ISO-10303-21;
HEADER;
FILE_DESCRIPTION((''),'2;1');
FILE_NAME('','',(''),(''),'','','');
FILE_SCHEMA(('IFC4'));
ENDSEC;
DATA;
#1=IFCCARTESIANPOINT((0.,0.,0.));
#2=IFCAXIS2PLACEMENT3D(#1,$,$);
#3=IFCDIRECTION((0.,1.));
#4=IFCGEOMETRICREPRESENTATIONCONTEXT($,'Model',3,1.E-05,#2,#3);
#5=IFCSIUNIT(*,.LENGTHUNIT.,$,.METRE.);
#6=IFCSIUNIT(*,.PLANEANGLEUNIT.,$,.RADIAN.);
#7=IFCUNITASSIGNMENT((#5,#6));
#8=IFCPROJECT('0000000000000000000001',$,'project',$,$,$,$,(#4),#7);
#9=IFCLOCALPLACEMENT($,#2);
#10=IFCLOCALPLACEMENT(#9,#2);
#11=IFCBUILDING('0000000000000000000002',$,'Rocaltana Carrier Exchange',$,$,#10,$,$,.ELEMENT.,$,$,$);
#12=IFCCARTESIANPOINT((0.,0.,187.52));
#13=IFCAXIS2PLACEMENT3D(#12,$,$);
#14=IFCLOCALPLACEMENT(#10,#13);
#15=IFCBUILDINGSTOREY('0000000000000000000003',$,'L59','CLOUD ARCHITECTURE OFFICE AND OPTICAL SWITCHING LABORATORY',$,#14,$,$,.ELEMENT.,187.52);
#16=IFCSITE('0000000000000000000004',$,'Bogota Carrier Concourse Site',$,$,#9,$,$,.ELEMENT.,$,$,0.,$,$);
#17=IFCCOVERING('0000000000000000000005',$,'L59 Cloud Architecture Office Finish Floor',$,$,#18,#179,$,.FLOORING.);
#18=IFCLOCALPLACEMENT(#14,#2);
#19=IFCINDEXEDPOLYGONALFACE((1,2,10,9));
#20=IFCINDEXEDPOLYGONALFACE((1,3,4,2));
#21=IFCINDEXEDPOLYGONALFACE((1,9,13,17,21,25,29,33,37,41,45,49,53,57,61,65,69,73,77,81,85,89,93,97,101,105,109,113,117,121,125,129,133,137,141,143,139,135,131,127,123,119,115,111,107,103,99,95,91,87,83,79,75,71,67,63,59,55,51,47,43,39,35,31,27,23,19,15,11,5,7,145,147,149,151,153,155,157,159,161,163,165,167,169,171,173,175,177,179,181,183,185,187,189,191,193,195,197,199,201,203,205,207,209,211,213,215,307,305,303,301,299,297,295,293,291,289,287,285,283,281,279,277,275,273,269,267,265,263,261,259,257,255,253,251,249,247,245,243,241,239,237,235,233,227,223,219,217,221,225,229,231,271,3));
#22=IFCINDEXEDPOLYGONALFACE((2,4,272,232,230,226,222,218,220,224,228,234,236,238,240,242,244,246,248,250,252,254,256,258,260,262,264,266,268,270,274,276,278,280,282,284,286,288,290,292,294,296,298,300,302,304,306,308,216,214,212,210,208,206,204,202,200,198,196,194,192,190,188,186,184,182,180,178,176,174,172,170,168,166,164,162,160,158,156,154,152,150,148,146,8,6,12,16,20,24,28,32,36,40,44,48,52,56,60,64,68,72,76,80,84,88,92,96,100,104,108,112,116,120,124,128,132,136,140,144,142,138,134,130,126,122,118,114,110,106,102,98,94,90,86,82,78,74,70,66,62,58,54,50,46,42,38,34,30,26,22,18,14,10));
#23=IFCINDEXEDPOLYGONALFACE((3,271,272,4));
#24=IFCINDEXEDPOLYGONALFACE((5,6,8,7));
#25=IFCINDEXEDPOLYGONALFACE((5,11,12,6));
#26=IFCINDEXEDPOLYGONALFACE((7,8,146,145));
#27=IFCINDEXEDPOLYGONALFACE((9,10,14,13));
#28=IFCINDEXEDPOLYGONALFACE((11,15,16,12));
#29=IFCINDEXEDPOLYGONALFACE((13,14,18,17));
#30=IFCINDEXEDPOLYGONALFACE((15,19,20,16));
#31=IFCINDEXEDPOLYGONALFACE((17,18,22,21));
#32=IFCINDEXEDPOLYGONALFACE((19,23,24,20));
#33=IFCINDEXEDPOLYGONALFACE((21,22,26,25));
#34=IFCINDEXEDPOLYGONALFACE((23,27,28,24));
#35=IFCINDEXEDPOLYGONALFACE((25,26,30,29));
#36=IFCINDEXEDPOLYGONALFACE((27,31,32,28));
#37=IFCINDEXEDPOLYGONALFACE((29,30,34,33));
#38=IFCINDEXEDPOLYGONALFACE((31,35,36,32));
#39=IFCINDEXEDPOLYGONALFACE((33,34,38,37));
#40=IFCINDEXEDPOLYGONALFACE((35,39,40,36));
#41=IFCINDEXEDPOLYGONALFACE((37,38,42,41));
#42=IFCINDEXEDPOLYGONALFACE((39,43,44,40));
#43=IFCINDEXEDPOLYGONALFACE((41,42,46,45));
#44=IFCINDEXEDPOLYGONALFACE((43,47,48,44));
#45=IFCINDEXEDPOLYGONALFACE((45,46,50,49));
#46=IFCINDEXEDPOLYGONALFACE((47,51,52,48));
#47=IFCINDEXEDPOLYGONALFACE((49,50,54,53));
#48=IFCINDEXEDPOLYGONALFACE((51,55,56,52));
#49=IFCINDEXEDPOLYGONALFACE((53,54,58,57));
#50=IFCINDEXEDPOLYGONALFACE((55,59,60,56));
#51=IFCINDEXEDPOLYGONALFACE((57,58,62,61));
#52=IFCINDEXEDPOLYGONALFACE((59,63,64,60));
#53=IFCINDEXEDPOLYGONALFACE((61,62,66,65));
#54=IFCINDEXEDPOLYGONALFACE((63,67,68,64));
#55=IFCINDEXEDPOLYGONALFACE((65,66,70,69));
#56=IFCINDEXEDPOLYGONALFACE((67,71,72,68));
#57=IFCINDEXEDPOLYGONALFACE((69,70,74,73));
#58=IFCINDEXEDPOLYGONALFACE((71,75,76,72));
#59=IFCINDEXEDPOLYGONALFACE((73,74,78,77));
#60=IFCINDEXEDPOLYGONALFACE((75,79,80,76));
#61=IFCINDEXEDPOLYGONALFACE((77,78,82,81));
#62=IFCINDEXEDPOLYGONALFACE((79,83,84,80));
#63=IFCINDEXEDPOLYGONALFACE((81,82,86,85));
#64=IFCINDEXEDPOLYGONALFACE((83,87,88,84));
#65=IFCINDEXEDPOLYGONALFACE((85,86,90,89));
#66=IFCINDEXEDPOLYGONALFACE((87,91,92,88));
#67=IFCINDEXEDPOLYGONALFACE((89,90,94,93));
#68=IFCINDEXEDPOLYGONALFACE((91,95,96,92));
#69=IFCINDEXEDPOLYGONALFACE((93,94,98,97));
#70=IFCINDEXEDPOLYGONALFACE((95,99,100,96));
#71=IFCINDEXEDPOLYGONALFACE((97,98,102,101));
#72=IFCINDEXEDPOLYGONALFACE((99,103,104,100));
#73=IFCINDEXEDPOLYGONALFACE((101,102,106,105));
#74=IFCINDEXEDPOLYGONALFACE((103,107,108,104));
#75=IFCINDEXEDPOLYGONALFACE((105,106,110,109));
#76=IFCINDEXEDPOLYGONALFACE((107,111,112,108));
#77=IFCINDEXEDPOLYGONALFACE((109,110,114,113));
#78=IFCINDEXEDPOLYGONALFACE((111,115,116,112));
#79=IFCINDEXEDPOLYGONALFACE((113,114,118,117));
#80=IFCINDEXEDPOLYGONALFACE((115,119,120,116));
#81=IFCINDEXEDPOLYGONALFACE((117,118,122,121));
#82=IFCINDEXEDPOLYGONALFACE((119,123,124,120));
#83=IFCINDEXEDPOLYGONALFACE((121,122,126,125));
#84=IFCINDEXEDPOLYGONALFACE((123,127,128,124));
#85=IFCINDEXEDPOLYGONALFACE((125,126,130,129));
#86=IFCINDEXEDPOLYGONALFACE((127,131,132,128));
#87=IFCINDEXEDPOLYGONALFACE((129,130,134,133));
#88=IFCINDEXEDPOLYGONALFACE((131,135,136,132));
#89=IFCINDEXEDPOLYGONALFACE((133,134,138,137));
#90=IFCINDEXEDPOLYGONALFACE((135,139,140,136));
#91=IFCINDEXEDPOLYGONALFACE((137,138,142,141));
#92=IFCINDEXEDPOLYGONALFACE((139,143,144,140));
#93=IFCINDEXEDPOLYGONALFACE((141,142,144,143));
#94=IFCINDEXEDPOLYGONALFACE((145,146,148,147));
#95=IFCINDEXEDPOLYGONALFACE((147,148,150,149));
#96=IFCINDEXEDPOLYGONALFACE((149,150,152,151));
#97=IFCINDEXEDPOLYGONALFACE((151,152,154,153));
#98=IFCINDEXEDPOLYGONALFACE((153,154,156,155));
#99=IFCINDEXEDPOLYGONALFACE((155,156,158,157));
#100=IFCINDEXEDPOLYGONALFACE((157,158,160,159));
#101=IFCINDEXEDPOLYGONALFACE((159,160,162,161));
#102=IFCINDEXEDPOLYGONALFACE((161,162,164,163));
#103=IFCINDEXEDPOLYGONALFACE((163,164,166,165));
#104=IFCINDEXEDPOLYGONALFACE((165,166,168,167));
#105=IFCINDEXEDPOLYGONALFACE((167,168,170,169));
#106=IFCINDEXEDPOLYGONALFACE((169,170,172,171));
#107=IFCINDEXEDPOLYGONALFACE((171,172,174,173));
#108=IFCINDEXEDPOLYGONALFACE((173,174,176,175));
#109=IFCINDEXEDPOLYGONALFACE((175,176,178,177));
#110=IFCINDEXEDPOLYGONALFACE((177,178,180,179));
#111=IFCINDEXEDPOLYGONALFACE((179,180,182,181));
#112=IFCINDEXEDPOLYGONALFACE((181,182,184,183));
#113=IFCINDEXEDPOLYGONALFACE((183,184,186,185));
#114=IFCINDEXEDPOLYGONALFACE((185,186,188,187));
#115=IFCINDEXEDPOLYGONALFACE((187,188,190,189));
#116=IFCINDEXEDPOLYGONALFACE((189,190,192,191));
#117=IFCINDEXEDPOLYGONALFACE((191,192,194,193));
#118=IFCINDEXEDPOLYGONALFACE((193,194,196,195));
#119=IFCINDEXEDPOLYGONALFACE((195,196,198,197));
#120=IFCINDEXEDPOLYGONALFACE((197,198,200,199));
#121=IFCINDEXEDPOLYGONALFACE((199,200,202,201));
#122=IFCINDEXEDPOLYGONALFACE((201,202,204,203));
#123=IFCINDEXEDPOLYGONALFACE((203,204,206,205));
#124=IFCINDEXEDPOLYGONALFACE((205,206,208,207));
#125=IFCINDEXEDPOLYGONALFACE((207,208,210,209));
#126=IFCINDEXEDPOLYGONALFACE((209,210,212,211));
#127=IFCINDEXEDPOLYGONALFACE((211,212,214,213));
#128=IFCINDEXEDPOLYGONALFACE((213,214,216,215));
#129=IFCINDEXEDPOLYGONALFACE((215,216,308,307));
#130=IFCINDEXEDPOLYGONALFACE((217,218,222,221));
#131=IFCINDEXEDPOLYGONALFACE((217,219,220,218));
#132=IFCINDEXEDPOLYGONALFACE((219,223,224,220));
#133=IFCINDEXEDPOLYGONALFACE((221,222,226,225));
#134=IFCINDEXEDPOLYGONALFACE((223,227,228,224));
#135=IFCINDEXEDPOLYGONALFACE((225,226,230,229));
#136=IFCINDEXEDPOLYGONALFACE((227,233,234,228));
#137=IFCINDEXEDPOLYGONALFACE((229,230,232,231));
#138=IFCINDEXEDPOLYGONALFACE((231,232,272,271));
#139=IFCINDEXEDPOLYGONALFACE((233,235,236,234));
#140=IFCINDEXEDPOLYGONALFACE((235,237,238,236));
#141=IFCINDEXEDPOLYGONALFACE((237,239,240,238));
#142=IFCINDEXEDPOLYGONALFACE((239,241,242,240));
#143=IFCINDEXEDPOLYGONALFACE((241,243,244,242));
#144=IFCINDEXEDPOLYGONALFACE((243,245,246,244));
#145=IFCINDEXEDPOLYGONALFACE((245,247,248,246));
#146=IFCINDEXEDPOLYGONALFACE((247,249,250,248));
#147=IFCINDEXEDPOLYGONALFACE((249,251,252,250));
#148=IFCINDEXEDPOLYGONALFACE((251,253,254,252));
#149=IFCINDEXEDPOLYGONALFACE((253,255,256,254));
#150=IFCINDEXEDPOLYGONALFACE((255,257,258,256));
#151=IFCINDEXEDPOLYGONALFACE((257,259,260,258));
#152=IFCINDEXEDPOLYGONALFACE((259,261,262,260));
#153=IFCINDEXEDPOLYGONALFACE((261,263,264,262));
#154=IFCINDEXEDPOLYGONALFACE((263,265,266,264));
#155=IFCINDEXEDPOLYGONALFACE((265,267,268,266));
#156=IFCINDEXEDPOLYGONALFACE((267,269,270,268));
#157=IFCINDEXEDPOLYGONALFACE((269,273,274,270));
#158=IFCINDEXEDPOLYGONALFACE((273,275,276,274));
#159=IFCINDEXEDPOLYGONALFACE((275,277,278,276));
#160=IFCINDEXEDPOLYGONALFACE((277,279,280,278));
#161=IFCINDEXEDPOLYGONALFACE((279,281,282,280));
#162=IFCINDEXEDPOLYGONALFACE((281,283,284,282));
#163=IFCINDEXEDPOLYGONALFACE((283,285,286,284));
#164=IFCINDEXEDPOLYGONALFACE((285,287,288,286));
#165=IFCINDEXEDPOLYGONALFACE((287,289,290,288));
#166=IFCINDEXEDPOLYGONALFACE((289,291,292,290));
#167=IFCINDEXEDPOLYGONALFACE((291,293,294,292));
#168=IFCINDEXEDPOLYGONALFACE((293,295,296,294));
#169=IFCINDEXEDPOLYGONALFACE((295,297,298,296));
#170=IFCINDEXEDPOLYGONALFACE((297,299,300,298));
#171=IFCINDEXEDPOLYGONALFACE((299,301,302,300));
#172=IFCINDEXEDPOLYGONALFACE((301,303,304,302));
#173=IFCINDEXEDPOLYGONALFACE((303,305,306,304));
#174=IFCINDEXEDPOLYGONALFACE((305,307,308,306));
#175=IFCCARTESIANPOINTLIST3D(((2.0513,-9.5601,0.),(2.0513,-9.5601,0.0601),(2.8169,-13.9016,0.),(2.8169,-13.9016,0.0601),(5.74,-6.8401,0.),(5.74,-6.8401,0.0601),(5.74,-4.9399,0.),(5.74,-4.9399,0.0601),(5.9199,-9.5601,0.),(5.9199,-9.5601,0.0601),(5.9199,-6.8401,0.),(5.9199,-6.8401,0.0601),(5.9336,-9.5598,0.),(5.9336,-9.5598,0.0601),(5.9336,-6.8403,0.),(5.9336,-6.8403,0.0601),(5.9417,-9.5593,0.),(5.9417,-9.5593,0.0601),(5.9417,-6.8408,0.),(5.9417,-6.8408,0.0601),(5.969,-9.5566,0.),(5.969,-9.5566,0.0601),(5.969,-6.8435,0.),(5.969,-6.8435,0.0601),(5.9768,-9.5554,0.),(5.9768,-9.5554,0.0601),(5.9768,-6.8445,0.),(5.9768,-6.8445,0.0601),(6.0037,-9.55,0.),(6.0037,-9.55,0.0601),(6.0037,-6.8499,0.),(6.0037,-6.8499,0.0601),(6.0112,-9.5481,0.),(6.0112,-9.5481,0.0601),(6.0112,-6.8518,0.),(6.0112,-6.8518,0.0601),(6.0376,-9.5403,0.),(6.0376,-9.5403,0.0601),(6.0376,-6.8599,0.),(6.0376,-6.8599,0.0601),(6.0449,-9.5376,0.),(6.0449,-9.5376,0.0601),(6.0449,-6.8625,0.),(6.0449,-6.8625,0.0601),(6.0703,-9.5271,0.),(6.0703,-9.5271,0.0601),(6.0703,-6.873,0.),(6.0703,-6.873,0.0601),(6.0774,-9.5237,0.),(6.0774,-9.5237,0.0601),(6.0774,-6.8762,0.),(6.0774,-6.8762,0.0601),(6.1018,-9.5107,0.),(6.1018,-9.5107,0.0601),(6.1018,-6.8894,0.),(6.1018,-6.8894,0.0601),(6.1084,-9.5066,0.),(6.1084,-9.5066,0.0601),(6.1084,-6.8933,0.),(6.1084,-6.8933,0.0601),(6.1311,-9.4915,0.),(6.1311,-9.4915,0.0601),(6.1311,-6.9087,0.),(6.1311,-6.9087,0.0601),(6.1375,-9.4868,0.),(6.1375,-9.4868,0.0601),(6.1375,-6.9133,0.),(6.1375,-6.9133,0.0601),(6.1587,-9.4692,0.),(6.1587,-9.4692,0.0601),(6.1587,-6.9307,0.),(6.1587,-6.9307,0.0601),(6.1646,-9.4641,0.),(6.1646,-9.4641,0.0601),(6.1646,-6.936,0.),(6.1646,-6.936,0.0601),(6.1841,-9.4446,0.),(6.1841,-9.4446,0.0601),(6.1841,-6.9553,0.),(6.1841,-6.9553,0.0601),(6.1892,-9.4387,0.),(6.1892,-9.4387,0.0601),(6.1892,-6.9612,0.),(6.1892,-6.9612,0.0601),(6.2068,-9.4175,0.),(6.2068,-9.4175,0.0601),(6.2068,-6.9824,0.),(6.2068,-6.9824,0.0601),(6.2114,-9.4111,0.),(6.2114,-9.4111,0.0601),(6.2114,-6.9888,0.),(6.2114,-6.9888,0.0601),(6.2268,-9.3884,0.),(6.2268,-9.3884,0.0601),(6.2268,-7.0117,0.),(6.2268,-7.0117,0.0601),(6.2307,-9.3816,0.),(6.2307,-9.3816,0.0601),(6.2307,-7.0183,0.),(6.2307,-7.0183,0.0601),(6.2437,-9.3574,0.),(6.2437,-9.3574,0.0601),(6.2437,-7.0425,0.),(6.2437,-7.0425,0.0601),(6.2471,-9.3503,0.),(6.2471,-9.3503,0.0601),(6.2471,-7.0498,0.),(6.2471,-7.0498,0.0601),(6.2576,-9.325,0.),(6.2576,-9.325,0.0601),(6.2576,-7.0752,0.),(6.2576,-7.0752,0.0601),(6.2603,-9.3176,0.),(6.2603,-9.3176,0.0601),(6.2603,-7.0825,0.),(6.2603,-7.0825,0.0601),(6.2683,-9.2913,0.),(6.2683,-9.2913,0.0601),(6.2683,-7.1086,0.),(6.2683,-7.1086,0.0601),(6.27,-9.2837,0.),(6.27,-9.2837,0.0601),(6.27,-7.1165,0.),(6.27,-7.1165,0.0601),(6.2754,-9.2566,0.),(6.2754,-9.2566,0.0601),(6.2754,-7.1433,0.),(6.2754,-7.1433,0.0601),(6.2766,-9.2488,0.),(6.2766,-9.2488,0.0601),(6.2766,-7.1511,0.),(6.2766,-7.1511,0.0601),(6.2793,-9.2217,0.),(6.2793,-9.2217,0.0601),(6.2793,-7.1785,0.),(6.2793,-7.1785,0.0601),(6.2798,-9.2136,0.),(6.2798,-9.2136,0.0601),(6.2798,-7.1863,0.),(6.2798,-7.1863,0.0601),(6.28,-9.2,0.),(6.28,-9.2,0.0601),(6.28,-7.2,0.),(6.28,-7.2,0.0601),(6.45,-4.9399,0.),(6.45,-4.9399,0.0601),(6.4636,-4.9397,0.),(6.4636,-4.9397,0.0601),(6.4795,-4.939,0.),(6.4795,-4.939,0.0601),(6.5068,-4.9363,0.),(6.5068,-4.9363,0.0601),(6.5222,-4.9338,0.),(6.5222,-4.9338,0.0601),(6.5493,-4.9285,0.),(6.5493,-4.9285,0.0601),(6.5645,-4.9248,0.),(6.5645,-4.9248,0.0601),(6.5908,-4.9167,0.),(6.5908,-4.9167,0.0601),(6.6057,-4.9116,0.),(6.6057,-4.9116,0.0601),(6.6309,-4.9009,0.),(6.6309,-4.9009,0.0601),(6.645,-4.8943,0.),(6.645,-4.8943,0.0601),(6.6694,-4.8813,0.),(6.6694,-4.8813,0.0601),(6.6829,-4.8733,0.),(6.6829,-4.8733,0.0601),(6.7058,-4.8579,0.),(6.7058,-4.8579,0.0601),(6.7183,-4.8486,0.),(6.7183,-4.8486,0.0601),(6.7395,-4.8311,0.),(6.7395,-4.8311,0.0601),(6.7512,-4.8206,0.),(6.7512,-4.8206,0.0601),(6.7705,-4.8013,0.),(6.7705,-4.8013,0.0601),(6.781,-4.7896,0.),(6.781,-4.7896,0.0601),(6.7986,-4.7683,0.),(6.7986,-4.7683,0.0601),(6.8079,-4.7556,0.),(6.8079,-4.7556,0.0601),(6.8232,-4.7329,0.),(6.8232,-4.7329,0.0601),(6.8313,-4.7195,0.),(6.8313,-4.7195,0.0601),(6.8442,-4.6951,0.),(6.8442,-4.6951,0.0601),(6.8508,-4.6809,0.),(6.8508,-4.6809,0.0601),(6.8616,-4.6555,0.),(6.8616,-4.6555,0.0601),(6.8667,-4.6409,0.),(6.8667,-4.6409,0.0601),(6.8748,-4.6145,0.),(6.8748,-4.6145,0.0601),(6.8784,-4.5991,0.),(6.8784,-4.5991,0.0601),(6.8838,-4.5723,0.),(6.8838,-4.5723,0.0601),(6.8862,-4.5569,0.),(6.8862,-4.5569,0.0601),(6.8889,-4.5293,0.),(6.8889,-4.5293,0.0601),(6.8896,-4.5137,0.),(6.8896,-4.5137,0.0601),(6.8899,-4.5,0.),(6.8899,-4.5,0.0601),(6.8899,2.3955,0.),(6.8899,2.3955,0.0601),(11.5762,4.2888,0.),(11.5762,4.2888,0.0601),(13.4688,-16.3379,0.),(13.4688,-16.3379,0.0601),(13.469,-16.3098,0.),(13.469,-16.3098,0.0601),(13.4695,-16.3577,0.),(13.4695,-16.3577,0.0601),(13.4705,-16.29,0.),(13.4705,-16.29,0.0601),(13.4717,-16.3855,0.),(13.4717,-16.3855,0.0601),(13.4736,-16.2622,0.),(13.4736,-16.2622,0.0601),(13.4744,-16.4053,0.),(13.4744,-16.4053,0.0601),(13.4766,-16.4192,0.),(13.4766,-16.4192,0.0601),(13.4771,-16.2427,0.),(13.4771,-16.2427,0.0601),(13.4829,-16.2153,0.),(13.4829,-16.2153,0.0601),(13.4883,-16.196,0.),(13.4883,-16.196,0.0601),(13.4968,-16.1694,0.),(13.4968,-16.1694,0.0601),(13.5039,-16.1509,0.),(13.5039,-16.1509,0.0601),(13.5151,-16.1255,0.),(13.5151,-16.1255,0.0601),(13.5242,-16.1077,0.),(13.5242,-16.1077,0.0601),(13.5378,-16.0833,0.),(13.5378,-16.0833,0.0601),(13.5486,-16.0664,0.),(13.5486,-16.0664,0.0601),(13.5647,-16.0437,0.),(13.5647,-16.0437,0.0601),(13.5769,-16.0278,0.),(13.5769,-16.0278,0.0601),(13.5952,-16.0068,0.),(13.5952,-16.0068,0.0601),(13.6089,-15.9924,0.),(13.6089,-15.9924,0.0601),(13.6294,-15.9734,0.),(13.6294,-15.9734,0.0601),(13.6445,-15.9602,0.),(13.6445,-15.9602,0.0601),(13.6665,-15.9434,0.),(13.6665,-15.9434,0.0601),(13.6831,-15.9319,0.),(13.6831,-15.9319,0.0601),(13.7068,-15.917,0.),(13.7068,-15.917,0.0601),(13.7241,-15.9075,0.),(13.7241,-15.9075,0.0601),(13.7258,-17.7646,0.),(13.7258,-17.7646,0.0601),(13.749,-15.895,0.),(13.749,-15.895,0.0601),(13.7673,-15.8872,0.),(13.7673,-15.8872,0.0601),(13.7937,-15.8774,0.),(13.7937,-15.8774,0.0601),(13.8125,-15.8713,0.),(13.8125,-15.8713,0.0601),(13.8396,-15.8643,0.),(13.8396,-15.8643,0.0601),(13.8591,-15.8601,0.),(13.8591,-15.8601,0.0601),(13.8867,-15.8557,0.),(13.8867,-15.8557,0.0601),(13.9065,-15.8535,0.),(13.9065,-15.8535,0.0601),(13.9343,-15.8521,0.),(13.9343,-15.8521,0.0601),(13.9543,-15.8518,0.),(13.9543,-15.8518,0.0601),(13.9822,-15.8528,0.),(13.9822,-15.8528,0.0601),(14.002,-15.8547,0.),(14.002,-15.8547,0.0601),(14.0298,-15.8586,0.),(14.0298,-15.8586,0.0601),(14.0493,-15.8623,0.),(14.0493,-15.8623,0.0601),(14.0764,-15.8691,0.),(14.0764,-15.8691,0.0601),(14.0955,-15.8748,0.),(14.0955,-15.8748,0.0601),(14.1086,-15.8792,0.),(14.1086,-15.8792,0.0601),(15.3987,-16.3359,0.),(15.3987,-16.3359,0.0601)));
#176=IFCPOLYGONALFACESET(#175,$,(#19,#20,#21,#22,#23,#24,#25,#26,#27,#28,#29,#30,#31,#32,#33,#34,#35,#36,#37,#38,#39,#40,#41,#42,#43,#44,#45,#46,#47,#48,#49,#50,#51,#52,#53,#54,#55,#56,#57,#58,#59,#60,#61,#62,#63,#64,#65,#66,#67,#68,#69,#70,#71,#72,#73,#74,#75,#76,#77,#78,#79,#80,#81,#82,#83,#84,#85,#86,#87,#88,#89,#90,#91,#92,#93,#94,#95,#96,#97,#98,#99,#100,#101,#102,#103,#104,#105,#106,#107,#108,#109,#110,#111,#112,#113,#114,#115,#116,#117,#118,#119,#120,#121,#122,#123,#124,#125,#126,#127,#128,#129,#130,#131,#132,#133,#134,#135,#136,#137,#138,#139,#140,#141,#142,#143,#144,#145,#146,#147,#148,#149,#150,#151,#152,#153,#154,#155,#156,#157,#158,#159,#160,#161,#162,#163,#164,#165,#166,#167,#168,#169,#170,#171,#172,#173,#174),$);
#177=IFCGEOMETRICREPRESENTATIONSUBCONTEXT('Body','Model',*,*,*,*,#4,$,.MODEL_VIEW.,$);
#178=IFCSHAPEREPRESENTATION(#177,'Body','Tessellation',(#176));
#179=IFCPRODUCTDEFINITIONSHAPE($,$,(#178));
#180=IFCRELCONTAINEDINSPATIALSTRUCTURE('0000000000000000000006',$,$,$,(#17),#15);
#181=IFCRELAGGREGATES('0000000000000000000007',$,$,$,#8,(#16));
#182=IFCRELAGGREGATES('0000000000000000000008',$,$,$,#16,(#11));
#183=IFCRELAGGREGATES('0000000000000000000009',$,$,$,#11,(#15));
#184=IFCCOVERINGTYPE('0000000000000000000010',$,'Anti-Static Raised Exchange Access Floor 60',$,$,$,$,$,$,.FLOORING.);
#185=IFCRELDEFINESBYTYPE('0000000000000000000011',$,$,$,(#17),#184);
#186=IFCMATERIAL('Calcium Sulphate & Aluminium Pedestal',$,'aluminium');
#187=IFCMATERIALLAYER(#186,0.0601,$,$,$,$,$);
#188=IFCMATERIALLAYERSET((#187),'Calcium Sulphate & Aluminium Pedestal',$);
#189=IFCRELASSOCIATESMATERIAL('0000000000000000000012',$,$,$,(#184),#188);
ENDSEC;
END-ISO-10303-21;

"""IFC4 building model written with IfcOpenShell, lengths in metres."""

from ifc_helpers import new_model, si_unit, direction, frame, origin, place, context, subcontext, project, spatial, polyline, outline, extrude, material, layer, layer_set, type_object, element, save


model = new_model("IFC4")

# Units and contexts
model_context = context("Model", 3, precision=1e-05, world=origin(), true_north=direction((0.0, 1.0)))
body_context = subcontext(model_context, "Body", "Model", "MODEL_VIEW")
ifc_project = project(units=[si_unit("LENGTHUNIT", "METRE"), si_unit("PLANEANGLEUNIT", "RADIAN")], contexts=[model_context])

# Site, building, storey
site_placement = place(None, origin())
site = spatial("IfcSite", under=ifc_project, at=site_placement, Name="Bogota Carrier Concourse Site", CompositionType="ELEMENT", RefElevation=0.0)
building_placement = place(site_placement, origin())
building = spatial("IfcBuilding", under=site, at=building_placement, Name="Rocaltana Carrier Exchange", CompositionType="ELEMENT")
storey_placement = place(building_placement, frame((0.0, 0.0, 187.52)))
storey = spatial("IfcBuildingStorey", under=building, at=storey_placement, Name="L59", Description="CLOUD ARCHITECTURE OFFICE AND OPTICAL SWITCHING LABORATORY", CompositionType="ELEMENT", Elevation=187.52)

# Covering
ifc_material_1 = material(Name="Calcium Sulphate & Aluminium Pedestal", Category="aluminium")
ifc_layer_1 = layer(ifc_material_1, 0.0601)
ifc_layer_set_1 = layer_set([ifc_layer_1], Name="Calcium Sulphate & Aluminium Pedestal")
covering_type_1 = type_object("IfcCoveringType", Name="Anti-Static Raised Exchange Access Floor 60", PredefinedType="FLOORING", material=ifc_layer_set_1)
covering_1_placement = place(storey_placement, origin())
element("IfcCovering", 1, at=covering_1_placement, inside=storey, type_object=covering_type_1, Name="L59 Cloud Architecture Office Finish Floor", PredefinedType="FLOORING", context=body_context, shape_type="SweptSolid", body=[
    extrude(outline(polyline([(5.74, -6.8401), (5.74, -4.9399), (6.45, -4.9399), (6.4636, -4.9397), (6.4795, -4.939), (6.5068, -4.9363), (6.5222, -4.9338), (6.5493, -4.9285), (6.5645, -4.9248), (6.5908, -4.9167), (6.6057, -4.9116), (6.6309, -4.9009), (6.645, -4.8943), (6.6694, -4.8813), (6.6829, -4.8733), (6.7058, -4.8579), (6.7183, -4.8486), (6.7395, -4.8311), (6.7512, -4.8206), (6.7705, -4.8013), (6.781, -4.7896), (6.7986, -4.7683), (6.8079, -4.7556), (6.8232, -4.7329), (6.8313, -4.7195), (6.8442, -4.6951), (6.8508, -4.6809), (6.8616, -4.6555), (6.8667, -4.6409), (6.8748, -4.6145), (6.8784, -4.5991), (6.8838, -4.5723), (6.8862, -4.5569), (6.8889, -4.5293), (6.8896, -4.5137), (6.8899, -4.5), (6.8899, 2.3955), (11.5762, 4.2888), (15.3987, -16.3359), (14.1086, -15.8792), (14.0955, -15.8748), (14.0764, -15.8691), (14.0493, -15.8623), (14.0298, -15.8586), (14.002, -15.8547), (13.9822, -15.8528), (13.9543, -15.8518), (13.9343, -15.8521), (13.9065, -15.8535), (13.8867, -15.8557), (13.8591, -15.8601), (13.8396, -15.8643), (13.8125, -15.8713), (13.7937, -15.8774), (13.7673, -15.8872), (13.749, -15.895), (13.7241, -15.9075), (13.7068, -15.917), (13.6831, -15.9319), (13.6665, -15.9434), (13.6445, -15.9602), (13.6294, -15.9734), (13.6089, -15.9924), (13.5952, -16.0068), (13.5769, -16.0278), (13.5647, -16.0437), (13.5486, -16.0664), (13.5378, -16.0833), (13.5242, -16.1077), (13.5151, -16.1255), (13.5039, -16.1509), (13.4968, -16.1694), (13.4883, -16.196), (13.4829, -16.2153), (13.4771, -16.2427), (13.4736, -16.2622), (13.4705, -16.29), (13.469, -16.3098), (13.4688, -16.3379), (13.4695, -16.3577), (13.4717, -16.3855), (13.4744, -16.4053), (13.4766, -16.4192), (13.7258, -17.7646), (2.8169, -13.9016), (2.0513, -9.5601), (5.9199, -9.5601), (5.9336, -9.5598), (5.9417, -9.5593), (5.969, -9.5566), (5.9768, -9.5554), (6.0037, -9.55), (6.0112, -9.5481), (6.0376, -9.5403), (6.0449, -9.5376), (6.0703, -9.5271), (6.0774, -9.5237), (6.1018, -9.5107), (6.1084, -9.5066), (6.1311, -9.4915), (6.1375, -9.4868), (6.1587, -9.4692), (6.1646, -9.4641), (6.1841, -9.4446), (6.1892, -9.4387), (6.2068, -9.4175), (6.2114, -9.4111), (6.2268, -9.3884), (6.2307, -9.3816), (6.2437, -9.3574), (6.2471, -9.3503), (6.2576, -9.325), (6.2603, -9.3176), (6.2683, -9.2913), (6.27, -9.2837), (6.2754, -9.2566), (6.2766, -9.2488), (6.2793, -9.2217), (6.2798, -9.2136), (6.28, -9.2), (6.28, -7.2), (6.2798, -7.1863), (6.2793, -7.1785), (6.2766, -7.1511), (6.2754, -7.1433), (6.27, -7.1165), (6.2683, -7.1086), (6.2603, -7.0825), (6.2576, -7.0752), (6.2471, -7.0498), (6.2437, -7.0425), (6.2307, -7.0183), (6.2268, -7.0117), (6.2114, -6.9888), (6.2068, -6.9824), (6.1892, -6.9612), (6.1841, -6.9553), (6.1646, -6.936), (6.1587, -6.9307), (6.1375, -6.9133), (6.1311, -6.9087), (6.1084, -6.8933), (6.1018, -6.8894), (6.0774, -6.8762), (6.0703, -6.873), (6.0449, -6.8625), (6.0376, -6.8599), (6.0112, -6.8518), (6.0037, -6.8499), (5.9768, -6.8445), (5.969, -6.8435), (5.9417, -6.8408), (5.9336, -6.8403), (5.9199, -6.8401), (5.74, -6.8401)])), origin(), (0.0, 0.0, 1.0), 0.0601),
])

save(model, "model.ifc")
